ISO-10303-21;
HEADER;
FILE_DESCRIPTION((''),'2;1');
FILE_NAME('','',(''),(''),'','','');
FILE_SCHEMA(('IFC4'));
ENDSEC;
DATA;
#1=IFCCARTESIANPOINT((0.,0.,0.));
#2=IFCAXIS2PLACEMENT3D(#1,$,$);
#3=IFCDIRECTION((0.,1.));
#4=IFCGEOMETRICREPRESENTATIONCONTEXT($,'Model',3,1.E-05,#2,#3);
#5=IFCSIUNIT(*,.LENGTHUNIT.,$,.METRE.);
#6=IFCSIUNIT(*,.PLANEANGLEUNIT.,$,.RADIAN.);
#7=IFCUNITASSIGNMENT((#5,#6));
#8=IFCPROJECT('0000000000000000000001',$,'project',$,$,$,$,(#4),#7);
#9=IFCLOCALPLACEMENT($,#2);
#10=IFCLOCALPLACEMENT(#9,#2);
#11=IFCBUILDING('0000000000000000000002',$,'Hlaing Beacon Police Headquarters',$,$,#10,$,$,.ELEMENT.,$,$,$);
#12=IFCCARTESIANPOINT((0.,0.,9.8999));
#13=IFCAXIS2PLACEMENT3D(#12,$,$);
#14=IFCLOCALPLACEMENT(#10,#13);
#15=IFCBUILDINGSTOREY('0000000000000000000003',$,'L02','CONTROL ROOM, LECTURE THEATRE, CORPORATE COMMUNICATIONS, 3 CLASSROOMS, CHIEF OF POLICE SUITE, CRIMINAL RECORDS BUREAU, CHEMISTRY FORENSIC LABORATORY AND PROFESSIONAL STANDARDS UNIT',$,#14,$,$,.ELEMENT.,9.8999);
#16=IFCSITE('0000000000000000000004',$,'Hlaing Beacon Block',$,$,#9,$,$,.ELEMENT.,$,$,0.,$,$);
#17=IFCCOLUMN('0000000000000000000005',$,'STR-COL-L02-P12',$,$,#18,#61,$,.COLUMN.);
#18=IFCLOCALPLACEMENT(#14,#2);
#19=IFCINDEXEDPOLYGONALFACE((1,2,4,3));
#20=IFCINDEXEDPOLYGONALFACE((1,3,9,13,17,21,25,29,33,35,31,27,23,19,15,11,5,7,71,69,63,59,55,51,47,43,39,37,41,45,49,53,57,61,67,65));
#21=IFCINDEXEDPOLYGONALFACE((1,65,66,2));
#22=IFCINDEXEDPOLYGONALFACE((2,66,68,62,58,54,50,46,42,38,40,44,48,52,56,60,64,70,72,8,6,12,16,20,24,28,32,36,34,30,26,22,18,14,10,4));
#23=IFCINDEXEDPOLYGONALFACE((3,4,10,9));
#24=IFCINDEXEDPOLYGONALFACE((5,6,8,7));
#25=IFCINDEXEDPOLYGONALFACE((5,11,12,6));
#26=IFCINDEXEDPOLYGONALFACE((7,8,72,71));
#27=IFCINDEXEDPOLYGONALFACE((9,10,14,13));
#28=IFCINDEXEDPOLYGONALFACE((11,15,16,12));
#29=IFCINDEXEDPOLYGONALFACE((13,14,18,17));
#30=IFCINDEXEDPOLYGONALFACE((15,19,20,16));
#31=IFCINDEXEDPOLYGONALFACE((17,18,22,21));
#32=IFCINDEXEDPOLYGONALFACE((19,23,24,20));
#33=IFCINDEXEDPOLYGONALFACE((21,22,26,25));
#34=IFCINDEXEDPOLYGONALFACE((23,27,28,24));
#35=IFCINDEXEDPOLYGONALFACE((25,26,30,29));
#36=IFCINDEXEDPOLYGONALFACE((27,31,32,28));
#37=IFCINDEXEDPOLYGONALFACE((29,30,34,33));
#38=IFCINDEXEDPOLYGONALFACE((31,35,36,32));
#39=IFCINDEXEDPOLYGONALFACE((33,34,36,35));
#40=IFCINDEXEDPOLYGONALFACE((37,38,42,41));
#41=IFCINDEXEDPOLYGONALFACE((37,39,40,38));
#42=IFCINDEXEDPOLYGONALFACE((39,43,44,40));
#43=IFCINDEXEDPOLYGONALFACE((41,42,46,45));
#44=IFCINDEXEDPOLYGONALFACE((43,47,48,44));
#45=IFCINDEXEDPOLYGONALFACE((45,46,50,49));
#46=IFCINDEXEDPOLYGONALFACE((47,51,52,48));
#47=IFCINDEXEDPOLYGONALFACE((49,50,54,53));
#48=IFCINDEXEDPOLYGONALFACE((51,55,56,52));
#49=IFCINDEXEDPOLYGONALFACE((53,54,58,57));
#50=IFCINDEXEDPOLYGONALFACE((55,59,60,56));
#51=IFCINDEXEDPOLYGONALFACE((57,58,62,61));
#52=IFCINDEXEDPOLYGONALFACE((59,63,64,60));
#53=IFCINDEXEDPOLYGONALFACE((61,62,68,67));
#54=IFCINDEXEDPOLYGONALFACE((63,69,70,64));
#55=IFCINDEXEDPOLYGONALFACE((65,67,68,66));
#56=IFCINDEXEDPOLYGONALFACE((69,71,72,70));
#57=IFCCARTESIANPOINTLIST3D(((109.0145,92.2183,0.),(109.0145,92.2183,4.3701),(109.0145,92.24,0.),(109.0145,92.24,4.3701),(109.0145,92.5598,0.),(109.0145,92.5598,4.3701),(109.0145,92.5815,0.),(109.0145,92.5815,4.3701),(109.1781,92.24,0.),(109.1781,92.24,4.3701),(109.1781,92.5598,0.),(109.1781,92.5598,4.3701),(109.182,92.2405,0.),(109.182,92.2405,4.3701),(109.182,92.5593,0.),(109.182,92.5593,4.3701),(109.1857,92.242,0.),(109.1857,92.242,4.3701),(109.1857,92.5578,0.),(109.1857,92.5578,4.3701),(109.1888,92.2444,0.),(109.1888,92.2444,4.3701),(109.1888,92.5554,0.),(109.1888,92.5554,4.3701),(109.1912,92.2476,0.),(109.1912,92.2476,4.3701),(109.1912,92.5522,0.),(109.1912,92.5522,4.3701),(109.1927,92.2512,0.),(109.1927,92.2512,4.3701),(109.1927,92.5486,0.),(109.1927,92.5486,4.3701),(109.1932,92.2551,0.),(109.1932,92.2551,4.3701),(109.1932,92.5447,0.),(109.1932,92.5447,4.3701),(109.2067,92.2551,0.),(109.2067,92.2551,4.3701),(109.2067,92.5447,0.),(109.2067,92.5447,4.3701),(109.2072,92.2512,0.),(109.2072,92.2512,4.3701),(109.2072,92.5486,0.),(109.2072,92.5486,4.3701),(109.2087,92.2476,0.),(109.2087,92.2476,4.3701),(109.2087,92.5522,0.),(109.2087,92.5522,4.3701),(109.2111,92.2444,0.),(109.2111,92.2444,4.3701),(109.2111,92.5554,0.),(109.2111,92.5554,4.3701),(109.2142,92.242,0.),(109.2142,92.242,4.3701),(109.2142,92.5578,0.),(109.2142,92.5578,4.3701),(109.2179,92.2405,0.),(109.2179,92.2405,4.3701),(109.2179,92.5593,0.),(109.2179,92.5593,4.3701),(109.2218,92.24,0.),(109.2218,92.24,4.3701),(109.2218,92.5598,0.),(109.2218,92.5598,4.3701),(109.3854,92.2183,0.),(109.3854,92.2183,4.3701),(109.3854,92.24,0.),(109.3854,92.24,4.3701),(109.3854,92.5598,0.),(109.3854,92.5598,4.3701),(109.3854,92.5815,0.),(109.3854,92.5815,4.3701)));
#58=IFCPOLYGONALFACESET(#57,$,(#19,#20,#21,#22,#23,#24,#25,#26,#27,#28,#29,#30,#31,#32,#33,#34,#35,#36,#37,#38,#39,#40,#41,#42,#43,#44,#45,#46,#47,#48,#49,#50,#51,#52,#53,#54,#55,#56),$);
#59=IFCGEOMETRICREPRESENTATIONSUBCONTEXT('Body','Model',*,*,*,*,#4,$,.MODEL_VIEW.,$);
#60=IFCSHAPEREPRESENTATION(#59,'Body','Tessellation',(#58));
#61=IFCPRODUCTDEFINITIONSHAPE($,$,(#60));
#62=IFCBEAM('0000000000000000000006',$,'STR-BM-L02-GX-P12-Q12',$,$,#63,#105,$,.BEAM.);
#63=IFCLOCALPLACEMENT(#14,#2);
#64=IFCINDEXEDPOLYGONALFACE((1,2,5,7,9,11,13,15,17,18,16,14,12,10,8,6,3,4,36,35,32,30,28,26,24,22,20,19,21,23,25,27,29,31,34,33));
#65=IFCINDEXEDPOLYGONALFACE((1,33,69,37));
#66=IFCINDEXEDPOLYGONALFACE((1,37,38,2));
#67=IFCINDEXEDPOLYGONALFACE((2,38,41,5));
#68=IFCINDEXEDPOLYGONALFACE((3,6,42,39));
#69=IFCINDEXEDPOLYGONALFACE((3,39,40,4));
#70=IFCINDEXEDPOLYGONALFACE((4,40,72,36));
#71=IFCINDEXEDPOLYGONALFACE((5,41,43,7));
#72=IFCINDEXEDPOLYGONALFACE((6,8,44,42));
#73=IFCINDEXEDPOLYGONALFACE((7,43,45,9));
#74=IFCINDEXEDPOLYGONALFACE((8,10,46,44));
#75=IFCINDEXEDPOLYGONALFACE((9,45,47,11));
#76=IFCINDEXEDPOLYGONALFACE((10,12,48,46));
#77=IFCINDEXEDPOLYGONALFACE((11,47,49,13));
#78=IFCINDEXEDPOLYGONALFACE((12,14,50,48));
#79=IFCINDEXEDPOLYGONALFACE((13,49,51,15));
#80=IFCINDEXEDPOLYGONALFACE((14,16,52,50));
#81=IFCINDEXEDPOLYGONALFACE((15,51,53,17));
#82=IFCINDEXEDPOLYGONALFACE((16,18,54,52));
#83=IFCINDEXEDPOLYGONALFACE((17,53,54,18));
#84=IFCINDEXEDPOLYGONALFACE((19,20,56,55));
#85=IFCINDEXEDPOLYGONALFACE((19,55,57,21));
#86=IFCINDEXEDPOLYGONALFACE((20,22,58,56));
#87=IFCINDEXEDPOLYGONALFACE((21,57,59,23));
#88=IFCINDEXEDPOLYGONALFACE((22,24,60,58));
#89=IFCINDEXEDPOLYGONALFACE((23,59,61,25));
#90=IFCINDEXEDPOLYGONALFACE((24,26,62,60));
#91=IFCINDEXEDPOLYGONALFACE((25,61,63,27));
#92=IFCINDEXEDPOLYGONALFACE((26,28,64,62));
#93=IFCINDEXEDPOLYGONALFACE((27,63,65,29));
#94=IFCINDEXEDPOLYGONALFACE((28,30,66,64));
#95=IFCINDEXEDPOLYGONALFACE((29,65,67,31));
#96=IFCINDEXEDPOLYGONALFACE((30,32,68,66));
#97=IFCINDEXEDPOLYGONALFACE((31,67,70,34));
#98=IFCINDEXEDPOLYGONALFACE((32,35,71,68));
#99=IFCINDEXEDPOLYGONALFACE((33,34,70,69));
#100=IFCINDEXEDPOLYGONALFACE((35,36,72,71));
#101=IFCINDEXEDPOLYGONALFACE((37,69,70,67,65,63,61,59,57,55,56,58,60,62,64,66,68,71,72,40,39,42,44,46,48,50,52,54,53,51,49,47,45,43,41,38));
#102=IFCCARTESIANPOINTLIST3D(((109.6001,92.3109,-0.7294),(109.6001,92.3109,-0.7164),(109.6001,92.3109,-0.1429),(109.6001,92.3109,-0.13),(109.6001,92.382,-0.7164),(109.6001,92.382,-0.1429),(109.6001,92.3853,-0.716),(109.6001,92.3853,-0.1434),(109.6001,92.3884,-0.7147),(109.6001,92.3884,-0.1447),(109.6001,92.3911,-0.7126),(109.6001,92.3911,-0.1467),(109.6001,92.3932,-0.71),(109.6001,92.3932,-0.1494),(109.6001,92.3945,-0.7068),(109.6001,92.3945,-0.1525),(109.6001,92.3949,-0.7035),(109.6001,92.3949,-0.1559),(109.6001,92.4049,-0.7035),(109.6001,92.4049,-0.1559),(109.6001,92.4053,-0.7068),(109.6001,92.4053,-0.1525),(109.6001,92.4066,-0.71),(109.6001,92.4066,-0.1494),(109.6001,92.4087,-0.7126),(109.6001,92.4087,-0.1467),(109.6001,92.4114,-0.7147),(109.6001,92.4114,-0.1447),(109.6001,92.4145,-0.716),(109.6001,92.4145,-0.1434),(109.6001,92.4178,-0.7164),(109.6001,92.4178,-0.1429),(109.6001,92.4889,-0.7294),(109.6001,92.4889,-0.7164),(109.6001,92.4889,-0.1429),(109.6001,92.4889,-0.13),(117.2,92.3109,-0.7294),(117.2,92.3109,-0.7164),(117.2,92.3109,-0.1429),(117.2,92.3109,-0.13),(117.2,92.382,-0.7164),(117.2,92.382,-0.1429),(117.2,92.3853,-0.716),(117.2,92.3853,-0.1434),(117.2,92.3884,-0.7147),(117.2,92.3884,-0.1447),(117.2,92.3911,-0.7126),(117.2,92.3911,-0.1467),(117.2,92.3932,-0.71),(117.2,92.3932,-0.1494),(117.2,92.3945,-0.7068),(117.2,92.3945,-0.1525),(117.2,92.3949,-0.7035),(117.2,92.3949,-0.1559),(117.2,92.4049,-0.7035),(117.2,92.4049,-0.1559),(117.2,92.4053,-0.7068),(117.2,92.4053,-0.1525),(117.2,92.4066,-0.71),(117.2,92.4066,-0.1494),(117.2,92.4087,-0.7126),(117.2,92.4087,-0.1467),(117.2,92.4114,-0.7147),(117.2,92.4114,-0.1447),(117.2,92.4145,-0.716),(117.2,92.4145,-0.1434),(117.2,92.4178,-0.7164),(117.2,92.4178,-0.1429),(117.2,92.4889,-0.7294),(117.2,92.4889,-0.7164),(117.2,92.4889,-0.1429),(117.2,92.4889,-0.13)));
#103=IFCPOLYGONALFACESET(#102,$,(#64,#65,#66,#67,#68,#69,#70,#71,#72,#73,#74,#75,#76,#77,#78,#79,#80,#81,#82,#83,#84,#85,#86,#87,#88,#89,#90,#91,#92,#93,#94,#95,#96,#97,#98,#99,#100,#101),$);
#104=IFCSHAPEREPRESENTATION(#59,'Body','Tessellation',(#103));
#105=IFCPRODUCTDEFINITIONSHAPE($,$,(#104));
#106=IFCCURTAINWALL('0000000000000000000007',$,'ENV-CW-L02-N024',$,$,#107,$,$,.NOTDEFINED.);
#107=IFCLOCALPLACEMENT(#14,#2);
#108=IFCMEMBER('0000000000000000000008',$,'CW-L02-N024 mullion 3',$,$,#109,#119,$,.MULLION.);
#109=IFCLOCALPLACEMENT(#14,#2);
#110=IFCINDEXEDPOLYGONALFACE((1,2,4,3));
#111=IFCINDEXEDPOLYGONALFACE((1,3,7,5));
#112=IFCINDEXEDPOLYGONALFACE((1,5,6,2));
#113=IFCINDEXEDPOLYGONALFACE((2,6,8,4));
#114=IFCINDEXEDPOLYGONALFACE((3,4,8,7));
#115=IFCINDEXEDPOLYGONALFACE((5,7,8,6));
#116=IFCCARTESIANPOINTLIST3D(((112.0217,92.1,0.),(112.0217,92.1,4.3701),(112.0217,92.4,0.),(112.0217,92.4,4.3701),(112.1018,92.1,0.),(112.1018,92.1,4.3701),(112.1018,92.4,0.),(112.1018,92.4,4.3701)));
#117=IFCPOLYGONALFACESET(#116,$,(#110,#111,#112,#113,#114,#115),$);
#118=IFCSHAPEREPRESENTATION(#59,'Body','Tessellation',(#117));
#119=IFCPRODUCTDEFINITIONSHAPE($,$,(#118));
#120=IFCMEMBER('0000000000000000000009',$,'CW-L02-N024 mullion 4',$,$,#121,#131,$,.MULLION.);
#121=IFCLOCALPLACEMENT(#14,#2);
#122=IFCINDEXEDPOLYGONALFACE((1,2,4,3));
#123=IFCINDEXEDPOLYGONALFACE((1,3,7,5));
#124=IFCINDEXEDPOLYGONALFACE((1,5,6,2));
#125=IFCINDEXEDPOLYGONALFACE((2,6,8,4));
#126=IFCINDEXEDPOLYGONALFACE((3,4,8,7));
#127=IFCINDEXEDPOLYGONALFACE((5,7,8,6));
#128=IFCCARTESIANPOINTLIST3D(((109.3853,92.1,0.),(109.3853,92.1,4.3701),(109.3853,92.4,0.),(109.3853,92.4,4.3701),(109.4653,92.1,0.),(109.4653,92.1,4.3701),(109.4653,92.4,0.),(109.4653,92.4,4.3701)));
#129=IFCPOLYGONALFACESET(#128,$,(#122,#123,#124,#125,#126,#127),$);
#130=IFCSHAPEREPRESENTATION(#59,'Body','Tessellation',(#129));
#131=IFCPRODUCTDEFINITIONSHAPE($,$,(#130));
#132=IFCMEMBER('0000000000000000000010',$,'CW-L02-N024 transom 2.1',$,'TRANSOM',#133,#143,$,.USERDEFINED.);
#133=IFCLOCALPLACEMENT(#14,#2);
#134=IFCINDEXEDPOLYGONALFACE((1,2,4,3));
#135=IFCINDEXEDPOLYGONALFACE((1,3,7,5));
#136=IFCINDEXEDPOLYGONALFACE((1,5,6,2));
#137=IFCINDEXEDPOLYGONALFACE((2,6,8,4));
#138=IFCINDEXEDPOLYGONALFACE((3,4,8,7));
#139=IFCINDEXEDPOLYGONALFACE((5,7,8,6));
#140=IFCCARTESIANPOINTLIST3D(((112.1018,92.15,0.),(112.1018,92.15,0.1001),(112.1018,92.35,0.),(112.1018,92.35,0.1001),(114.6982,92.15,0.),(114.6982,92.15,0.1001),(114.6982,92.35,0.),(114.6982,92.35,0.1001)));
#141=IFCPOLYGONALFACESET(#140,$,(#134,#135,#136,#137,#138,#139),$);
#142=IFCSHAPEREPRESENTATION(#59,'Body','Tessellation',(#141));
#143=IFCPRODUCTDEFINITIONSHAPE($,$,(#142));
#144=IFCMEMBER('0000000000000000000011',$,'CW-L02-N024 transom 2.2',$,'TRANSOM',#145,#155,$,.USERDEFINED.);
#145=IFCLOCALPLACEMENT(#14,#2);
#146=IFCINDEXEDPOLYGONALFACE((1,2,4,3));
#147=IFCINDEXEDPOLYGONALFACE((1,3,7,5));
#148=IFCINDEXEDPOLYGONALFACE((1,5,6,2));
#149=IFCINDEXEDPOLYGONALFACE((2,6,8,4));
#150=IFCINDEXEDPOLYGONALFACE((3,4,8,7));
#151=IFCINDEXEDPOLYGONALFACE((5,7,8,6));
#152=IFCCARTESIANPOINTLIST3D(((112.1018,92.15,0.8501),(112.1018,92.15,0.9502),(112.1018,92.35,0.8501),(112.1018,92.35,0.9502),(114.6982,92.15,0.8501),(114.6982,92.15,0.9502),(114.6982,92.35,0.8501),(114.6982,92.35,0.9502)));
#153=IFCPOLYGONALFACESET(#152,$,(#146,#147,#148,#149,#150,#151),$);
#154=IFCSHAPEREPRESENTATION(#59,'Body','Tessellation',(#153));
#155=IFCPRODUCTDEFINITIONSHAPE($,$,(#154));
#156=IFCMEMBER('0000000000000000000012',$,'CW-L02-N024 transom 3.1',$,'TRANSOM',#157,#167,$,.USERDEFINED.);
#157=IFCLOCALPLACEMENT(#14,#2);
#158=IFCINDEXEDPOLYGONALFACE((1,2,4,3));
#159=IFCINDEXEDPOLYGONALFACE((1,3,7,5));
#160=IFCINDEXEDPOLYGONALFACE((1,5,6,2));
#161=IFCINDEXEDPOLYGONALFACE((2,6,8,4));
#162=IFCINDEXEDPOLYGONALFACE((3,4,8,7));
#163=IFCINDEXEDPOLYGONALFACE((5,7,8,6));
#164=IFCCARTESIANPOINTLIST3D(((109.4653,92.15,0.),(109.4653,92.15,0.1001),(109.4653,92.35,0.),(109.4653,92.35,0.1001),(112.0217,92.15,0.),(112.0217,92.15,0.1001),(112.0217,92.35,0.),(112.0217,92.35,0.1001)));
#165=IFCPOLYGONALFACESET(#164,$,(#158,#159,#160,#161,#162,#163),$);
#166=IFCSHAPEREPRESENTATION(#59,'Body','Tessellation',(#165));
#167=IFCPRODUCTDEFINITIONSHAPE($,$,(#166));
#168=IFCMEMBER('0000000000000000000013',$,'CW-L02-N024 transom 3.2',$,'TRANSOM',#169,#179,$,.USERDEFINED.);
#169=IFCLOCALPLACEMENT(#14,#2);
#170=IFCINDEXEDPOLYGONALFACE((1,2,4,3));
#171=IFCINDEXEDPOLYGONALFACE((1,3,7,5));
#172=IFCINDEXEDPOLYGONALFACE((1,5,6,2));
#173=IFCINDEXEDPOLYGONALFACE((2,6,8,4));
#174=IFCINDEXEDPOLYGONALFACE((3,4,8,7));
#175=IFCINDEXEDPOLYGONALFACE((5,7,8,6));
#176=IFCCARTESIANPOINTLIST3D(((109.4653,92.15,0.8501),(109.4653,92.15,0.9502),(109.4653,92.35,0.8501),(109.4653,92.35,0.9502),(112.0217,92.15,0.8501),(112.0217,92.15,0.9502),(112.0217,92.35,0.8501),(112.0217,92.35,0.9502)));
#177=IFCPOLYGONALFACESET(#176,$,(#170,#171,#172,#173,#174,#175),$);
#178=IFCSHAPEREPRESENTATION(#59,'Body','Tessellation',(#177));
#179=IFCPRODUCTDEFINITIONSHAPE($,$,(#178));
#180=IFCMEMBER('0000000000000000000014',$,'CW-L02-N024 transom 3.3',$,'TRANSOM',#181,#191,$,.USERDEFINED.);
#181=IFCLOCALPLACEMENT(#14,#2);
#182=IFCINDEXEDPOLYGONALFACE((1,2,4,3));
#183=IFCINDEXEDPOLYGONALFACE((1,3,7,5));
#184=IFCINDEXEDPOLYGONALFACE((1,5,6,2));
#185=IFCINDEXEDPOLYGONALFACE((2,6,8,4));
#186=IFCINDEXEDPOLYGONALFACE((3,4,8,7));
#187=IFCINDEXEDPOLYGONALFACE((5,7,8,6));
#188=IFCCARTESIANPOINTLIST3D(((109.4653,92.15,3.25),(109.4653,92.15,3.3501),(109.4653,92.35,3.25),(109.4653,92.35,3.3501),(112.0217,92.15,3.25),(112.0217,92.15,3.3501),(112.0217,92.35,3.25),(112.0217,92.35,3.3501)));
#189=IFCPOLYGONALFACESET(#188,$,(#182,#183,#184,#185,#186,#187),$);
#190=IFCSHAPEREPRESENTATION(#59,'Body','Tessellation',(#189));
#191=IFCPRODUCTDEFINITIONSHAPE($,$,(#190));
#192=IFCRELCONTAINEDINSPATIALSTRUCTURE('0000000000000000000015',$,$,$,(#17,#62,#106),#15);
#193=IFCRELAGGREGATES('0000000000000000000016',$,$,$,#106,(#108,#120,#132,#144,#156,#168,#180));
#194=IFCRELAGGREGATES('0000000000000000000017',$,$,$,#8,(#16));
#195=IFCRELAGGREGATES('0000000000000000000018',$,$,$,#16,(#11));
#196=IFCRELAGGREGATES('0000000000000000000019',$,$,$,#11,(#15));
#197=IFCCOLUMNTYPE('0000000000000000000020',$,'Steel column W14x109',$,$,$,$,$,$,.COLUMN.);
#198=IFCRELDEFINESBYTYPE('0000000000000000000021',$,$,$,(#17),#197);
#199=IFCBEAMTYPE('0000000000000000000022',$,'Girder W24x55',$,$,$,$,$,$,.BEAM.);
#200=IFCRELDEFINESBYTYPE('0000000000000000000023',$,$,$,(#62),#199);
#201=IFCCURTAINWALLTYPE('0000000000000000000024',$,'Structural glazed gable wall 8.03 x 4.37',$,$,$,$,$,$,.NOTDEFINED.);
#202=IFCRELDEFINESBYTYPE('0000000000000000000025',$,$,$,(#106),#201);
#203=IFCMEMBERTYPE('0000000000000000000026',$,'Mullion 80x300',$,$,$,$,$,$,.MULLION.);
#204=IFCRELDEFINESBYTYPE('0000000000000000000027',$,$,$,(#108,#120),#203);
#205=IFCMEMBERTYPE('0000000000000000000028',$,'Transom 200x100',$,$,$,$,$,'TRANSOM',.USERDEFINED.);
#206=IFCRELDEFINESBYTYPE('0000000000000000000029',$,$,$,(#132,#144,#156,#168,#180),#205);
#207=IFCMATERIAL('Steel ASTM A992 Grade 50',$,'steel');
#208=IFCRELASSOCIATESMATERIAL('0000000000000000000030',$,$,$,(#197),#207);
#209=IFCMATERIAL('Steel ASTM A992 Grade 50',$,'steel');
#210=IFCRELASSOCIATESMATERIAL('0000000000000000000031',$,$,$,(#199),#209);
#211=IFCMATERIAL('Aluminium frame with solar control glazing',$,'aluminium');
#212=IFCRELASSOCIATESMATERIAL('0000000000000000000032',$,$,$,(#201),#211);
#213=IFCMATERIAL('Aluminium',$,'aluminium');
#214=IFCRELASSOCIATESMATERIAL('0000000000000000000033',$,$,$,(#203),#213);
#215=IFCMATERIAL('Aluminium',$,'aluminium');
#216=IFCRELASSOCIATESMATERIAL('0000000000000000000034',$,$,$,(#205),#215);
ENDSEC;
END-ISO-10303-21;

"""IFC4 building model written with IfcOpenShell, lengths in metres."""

from ifc_helpers import new_model, si_unit, direction, frame, origin, origin_2d, place, context, subcontext, project, spatial, rectangle, i_section, extrude, material, material_profile, profile_set, type_object, element, aggregate, save


model = new_model("IFC4")

# Units and contexts
model_context = context("Model", 3, precision=1e-05, world=origin(), true_north=direction((0.0, 1.0)))
body_context = subcontext(model_context, "Body", "Model", "MODEL_VIEW")
ifc_project = project(units=[si_unit("LENGTHUNIT", "METRE"), si_unit("PLANEANGLEUNIT", "RADIAN")], contexts=[model_context])

# Site, building, storey
site_placement = place(None, origin())
site = spatial("IfcSite", under=ifc_project, at=site_placement, Name="Hlaing Beacon Block", CompositionType="ELEMENT", RefElevation=0.0)
building_placement = place(site_placement, origin())
building = spatial("IfcBuilding", under=site, at=building_placement, Name="Hlaing Beacon Police Headquarters", CompositionType="ELEMENT")
storey_placement = place(building_placement, frame((0.0, 0.0, 9.8999)))
storey = spatial("IfcBuildingStorey", under=building, at=storey_placement, Name="L02", Description="CONTROL ROOM, LECTURE THEATRE, CORPORATE COMMUNICATIONS, 3 CLASSROOMS, CHIEF OF POLICE SUITE, CRIMINAL RECORDS BUREAU, CHEMISTRY FORENSIC LABORATORY AND PROFESSIONAL STANDARDS UNIT", CompositionType="ELEMENT", Elevation=9.8999)

# Column
ifc_material_1 = material(Name="Steel ASTM A992 Grade 50", Category="steel")
ifc_material_profile_1 = material_profile(ifc_material_1, i_section(OverallWidth=0.3708, OverallDepth=0.3633, WebThickness=0.0134, FlangeThickness=0.0217, FilletRadius=0.0151, at=origin_2d()), Name="W14x109")
ifc_profile_set_1 = profile_set([ifc_material_profile_1], Name="Steel ASTM A992 Grade 50")
column_type = type_object("IfcColumnType", Name="Steel column W14x109", PredefinedType="COLUMN", material=ifc_profile_set_1)
column_placement = place(storey_placement, frame((109.2, 92.3999, 0.0), z_axis=(0.0, 0.0, 1.0), x_axis=(1.0, 0.0, 0.0)))
element("IfcColumn", 1, at=column_placement, inside=storey, type_object=column_type, Name="STR-COL-L02-P12", PredefinedType="COLUMN", context=body_context, shape_type="SweptSolid", body=[
    extrude(i_section(OverallWidth=0.3708, OverallDepth=0.3633, WebThickness=0.0134, FlangeThickness=0.0217, FilletRadius=0.0151, at=origin_2d()), origin(), (0.0, 0.0, 1.0), 4.3701),
])

# Beam
ifc_material_2 = material(Name="Steel ASTM A992 Grade 50", Category="steel")
ifc_material_profile_2 = material_profile(ifc_material_2, i_section(OverallWidth=0.178, OverallDepth=0.5994, WebThickness=0.01, FlangeThickness=0.0129, FilletRadius=0.0129, at=origin_2d()), Name="W24x55")
ifc_profile_set_2 = profile_set([ifc_material_profile_2], Name="Steel ASTM A992 Grade 50")
beam_type = type_object("IfcBeamType", Name="Girder W24x55", PredefinedType="BEAM", material=ifc_profile_set_2)
beam_placement = place(storey_placement, frame((109.6001, 92.3999, -0.4297), z_axis=(1.0, 0.0, 0.0), x_axis=(0.0, 1.0, 0.0)))
element("IfcBeam", 2, at=beam_placement, inside=storey, type_object=beam_type, Name="STR-BM-L02-GX-P12-Q12", PredefinedType="BEAM", context=body_context, shape_type="SweptSolid", body=[
    extrude(i_section(OverallWidth=0.178, OverallDepth=0.5994, WebThickness=0.01, FlangeThickness=0.0129, FilletRadius=0.0129, at=origin_2d()), origin(), (0.0, 0.0, 1.0), 7.5999),
])

# Curtain wall, members
ifc_material_3 = material(Name="Aluminium frame with solar control glazing", Category="aluminium")
curtain_wall_type = type_object("IfcCurtainWallType", Name="Structural glazed gable wall 8.03 x 4.37", PredefinedType="NOTDEFINED", material=ifc_material_3)
curtain_wall_placement = place(storey_placement, origin())
curtain_wall = element("IfcCurtainWall", 3, at=curtain_wall_placement, inside=storey, type_object=curtain_wall_type, Name="ENV-CW-L02-N024", PredefinedType="NOTDEFINED")
ifc_material_4 = material(Name="Aluminium", Category="aluminium")
ifc_material_profile_3 = material_profile(ifc_material_4, rectangle(XDim=0.3, YDim=0.0801, at=origin_2d()), Name="Mullion 80x300")
ifc_profile_set_3 = profile_set([ifc_material_profile_3], Name="Aluminium")
member_type_1 = type_object("IfcMemberType", Name="Mullion 80x300", PredefinedType="MULLION", material=ifc_profile_set_3)
member_1_placement = place(storey_placement, frame((112.0618, 92.25, 0.0), z_axis=(0.0, 0.0, 1.0), x_axis=(0.0, -1.0, 0.0)))
member_1 = element("IfcMember", 4, at=member_1_placement, type_object=member_type_1, Name="CW-L02-N024 mullion 3", PredefinedType="MULLION", context=body_context, shape_type="SweptSolid", body=[
    extrude(rectangle(XDim=0.3, YDim=0.0801, at=origin_2d()), origin(), (0.0, 0.0, 1.0), 4.3701),
])
member_2_placement = place(storey_placement, frame((109.4253, 92.25, 0.0), z_axis=(0.0, 0.0, 1.0), x_axis=(0.0, -1.0, 0.0)))
member_2 = element("IfcMember", 5, at=member_2_placement, type_object=member_type_1, Name="CW-L02-N024 mullion 4", PredefinedType="MULLION", context=body_context, shape_type="SweptSolid", body=[
    extrude(rectangle(XDim=0.3, YDim=0.0801, at=origin_2d()), origin(), (0.0, 0.0, 1.0), 4.3701),
])
ifc_material_5 = material(Name="Aluminium", Category="aluminium")
ifc_material_profile_4 = material_profile(ifc_material_5, rectangle(XDim=0.2, YDim=0.1001, at=origin_2d()), Name="Transom 200x100")
ifc_profile_set_4 = profile_set([ifc_material_profile_4], Name="Aluminium")
member_type_2 = type_object("IfcMemberType", Name="Transom 200x100", ElementType="TRANSOM", PredefinedType="USERDEFINED", material=ifc_profile_set_4)
member_3_placement = place(storey_placement, frame((114.6982, 92.25, 0.05), z_axis=(-1.0, 0.0, 0.0), x_axis=(0.0, -1.0, 0.0)))
member_3 = element("IfcMember", 6, at=member_3_placement, type_object=member_type_2, Name="CW-L02-N024 transom 2.1", ObjectType="TRANSOM", PredefinedType="USERDEFINED", context=body_context, shape_type="SweptSolid", body=[
    extrude(rectangle(XDim=0.2, YDim=0.1001, at=origin_2d()), origin(), (0.0, 0.0, 1.0), 2.5964),
])
member_4_placement = place(storey_placement, frame((114.6982, 92.25, 0.9001), z_axis=(-1.0, 0.0, 0.0), x_axis=(0.0, -1.0, 0.0)))
member_4 = element("IfcMember", 7, at=member_4_placement, type_object=member_type_2, Name="CW-L02-N024 transom 2.2", ObjectType="TRANSOM", PredefinedType="USERDEFINED", context=body_context, shape_type="SweptSolid", body=[
    extrude(rectangle(XDim=0.2, YDim=0.1001, at=origin_2d()), origin(), (0.0, 0.0, 1.0), 2.5964),
])
member_5_placement = place(storey_placement, frame((112.0217, 92.25, 0.05), z_axis=(-1.0, 0.0, 0.0), x_axis=(0.0, -1.0, 0.0)))
member_5 = element("IfcMember", 8, at=member_5_placement, type_object=member_type_2, Name="CW-L02-N024 transom 3.1", ObjectType="TRANSOM", PredefinedType="USERDEFINED", context=body_context, shape_type="SweptSolid", body=[
    extrude(rectangle(XDim=0.2, YDim=0.1001, at=origin_2d()), origin(), (0.0, 0.0, 1.0), 2.5564),
])
member_6_placement = place(storey_placement, frame((112.0217, 92.25, 0.9001), z_axis=(-1.0, 0.0, 0.0), x_axis=(0.0, -1.0, 0.0)))
member_6 = element("IfcMember", 9, at=member_6_placement, type_object=member_type_2, Name="CW-L02-N024 transom 3.2", ObjectType="TRANSOM", PredefinedType="USERDEFINED", context=body_context, shape_type="SweptSolid", body=[
    extrude(rectangle(XDim=0.2, YDim=0.1001, at=origin_2d()), origin(), (0.0, 0.0, 1.0), 2.5564),
])
member_7_placement = place(storey_placement, frame((112.0217, 92.25, 3.3), z_axis=(-1.0, 0.0, 0.0), x_axis=(0.0, -1.0, 0.0)))
member_7 = element("IfcMember", 10, at=member_7_placement, type_object=member_type_2, Name="CW-L02-N024 transom 3.3", ObjectType="TRANSOM", PredefinedType="USERDEFINED", context=body_context, shape_type="SweptSolid", body=[
    extrude(rectangle(XDim=0.2, YDim=0.1001, at=origin_2d()), origin(), (0.0, 0.0, 1.0), 2.5564),
])
aggregate(curtain_wall, [member_1, member_2, member_3, member_4, member_5, member_6, member_7])

save(model, "model.ifc")
